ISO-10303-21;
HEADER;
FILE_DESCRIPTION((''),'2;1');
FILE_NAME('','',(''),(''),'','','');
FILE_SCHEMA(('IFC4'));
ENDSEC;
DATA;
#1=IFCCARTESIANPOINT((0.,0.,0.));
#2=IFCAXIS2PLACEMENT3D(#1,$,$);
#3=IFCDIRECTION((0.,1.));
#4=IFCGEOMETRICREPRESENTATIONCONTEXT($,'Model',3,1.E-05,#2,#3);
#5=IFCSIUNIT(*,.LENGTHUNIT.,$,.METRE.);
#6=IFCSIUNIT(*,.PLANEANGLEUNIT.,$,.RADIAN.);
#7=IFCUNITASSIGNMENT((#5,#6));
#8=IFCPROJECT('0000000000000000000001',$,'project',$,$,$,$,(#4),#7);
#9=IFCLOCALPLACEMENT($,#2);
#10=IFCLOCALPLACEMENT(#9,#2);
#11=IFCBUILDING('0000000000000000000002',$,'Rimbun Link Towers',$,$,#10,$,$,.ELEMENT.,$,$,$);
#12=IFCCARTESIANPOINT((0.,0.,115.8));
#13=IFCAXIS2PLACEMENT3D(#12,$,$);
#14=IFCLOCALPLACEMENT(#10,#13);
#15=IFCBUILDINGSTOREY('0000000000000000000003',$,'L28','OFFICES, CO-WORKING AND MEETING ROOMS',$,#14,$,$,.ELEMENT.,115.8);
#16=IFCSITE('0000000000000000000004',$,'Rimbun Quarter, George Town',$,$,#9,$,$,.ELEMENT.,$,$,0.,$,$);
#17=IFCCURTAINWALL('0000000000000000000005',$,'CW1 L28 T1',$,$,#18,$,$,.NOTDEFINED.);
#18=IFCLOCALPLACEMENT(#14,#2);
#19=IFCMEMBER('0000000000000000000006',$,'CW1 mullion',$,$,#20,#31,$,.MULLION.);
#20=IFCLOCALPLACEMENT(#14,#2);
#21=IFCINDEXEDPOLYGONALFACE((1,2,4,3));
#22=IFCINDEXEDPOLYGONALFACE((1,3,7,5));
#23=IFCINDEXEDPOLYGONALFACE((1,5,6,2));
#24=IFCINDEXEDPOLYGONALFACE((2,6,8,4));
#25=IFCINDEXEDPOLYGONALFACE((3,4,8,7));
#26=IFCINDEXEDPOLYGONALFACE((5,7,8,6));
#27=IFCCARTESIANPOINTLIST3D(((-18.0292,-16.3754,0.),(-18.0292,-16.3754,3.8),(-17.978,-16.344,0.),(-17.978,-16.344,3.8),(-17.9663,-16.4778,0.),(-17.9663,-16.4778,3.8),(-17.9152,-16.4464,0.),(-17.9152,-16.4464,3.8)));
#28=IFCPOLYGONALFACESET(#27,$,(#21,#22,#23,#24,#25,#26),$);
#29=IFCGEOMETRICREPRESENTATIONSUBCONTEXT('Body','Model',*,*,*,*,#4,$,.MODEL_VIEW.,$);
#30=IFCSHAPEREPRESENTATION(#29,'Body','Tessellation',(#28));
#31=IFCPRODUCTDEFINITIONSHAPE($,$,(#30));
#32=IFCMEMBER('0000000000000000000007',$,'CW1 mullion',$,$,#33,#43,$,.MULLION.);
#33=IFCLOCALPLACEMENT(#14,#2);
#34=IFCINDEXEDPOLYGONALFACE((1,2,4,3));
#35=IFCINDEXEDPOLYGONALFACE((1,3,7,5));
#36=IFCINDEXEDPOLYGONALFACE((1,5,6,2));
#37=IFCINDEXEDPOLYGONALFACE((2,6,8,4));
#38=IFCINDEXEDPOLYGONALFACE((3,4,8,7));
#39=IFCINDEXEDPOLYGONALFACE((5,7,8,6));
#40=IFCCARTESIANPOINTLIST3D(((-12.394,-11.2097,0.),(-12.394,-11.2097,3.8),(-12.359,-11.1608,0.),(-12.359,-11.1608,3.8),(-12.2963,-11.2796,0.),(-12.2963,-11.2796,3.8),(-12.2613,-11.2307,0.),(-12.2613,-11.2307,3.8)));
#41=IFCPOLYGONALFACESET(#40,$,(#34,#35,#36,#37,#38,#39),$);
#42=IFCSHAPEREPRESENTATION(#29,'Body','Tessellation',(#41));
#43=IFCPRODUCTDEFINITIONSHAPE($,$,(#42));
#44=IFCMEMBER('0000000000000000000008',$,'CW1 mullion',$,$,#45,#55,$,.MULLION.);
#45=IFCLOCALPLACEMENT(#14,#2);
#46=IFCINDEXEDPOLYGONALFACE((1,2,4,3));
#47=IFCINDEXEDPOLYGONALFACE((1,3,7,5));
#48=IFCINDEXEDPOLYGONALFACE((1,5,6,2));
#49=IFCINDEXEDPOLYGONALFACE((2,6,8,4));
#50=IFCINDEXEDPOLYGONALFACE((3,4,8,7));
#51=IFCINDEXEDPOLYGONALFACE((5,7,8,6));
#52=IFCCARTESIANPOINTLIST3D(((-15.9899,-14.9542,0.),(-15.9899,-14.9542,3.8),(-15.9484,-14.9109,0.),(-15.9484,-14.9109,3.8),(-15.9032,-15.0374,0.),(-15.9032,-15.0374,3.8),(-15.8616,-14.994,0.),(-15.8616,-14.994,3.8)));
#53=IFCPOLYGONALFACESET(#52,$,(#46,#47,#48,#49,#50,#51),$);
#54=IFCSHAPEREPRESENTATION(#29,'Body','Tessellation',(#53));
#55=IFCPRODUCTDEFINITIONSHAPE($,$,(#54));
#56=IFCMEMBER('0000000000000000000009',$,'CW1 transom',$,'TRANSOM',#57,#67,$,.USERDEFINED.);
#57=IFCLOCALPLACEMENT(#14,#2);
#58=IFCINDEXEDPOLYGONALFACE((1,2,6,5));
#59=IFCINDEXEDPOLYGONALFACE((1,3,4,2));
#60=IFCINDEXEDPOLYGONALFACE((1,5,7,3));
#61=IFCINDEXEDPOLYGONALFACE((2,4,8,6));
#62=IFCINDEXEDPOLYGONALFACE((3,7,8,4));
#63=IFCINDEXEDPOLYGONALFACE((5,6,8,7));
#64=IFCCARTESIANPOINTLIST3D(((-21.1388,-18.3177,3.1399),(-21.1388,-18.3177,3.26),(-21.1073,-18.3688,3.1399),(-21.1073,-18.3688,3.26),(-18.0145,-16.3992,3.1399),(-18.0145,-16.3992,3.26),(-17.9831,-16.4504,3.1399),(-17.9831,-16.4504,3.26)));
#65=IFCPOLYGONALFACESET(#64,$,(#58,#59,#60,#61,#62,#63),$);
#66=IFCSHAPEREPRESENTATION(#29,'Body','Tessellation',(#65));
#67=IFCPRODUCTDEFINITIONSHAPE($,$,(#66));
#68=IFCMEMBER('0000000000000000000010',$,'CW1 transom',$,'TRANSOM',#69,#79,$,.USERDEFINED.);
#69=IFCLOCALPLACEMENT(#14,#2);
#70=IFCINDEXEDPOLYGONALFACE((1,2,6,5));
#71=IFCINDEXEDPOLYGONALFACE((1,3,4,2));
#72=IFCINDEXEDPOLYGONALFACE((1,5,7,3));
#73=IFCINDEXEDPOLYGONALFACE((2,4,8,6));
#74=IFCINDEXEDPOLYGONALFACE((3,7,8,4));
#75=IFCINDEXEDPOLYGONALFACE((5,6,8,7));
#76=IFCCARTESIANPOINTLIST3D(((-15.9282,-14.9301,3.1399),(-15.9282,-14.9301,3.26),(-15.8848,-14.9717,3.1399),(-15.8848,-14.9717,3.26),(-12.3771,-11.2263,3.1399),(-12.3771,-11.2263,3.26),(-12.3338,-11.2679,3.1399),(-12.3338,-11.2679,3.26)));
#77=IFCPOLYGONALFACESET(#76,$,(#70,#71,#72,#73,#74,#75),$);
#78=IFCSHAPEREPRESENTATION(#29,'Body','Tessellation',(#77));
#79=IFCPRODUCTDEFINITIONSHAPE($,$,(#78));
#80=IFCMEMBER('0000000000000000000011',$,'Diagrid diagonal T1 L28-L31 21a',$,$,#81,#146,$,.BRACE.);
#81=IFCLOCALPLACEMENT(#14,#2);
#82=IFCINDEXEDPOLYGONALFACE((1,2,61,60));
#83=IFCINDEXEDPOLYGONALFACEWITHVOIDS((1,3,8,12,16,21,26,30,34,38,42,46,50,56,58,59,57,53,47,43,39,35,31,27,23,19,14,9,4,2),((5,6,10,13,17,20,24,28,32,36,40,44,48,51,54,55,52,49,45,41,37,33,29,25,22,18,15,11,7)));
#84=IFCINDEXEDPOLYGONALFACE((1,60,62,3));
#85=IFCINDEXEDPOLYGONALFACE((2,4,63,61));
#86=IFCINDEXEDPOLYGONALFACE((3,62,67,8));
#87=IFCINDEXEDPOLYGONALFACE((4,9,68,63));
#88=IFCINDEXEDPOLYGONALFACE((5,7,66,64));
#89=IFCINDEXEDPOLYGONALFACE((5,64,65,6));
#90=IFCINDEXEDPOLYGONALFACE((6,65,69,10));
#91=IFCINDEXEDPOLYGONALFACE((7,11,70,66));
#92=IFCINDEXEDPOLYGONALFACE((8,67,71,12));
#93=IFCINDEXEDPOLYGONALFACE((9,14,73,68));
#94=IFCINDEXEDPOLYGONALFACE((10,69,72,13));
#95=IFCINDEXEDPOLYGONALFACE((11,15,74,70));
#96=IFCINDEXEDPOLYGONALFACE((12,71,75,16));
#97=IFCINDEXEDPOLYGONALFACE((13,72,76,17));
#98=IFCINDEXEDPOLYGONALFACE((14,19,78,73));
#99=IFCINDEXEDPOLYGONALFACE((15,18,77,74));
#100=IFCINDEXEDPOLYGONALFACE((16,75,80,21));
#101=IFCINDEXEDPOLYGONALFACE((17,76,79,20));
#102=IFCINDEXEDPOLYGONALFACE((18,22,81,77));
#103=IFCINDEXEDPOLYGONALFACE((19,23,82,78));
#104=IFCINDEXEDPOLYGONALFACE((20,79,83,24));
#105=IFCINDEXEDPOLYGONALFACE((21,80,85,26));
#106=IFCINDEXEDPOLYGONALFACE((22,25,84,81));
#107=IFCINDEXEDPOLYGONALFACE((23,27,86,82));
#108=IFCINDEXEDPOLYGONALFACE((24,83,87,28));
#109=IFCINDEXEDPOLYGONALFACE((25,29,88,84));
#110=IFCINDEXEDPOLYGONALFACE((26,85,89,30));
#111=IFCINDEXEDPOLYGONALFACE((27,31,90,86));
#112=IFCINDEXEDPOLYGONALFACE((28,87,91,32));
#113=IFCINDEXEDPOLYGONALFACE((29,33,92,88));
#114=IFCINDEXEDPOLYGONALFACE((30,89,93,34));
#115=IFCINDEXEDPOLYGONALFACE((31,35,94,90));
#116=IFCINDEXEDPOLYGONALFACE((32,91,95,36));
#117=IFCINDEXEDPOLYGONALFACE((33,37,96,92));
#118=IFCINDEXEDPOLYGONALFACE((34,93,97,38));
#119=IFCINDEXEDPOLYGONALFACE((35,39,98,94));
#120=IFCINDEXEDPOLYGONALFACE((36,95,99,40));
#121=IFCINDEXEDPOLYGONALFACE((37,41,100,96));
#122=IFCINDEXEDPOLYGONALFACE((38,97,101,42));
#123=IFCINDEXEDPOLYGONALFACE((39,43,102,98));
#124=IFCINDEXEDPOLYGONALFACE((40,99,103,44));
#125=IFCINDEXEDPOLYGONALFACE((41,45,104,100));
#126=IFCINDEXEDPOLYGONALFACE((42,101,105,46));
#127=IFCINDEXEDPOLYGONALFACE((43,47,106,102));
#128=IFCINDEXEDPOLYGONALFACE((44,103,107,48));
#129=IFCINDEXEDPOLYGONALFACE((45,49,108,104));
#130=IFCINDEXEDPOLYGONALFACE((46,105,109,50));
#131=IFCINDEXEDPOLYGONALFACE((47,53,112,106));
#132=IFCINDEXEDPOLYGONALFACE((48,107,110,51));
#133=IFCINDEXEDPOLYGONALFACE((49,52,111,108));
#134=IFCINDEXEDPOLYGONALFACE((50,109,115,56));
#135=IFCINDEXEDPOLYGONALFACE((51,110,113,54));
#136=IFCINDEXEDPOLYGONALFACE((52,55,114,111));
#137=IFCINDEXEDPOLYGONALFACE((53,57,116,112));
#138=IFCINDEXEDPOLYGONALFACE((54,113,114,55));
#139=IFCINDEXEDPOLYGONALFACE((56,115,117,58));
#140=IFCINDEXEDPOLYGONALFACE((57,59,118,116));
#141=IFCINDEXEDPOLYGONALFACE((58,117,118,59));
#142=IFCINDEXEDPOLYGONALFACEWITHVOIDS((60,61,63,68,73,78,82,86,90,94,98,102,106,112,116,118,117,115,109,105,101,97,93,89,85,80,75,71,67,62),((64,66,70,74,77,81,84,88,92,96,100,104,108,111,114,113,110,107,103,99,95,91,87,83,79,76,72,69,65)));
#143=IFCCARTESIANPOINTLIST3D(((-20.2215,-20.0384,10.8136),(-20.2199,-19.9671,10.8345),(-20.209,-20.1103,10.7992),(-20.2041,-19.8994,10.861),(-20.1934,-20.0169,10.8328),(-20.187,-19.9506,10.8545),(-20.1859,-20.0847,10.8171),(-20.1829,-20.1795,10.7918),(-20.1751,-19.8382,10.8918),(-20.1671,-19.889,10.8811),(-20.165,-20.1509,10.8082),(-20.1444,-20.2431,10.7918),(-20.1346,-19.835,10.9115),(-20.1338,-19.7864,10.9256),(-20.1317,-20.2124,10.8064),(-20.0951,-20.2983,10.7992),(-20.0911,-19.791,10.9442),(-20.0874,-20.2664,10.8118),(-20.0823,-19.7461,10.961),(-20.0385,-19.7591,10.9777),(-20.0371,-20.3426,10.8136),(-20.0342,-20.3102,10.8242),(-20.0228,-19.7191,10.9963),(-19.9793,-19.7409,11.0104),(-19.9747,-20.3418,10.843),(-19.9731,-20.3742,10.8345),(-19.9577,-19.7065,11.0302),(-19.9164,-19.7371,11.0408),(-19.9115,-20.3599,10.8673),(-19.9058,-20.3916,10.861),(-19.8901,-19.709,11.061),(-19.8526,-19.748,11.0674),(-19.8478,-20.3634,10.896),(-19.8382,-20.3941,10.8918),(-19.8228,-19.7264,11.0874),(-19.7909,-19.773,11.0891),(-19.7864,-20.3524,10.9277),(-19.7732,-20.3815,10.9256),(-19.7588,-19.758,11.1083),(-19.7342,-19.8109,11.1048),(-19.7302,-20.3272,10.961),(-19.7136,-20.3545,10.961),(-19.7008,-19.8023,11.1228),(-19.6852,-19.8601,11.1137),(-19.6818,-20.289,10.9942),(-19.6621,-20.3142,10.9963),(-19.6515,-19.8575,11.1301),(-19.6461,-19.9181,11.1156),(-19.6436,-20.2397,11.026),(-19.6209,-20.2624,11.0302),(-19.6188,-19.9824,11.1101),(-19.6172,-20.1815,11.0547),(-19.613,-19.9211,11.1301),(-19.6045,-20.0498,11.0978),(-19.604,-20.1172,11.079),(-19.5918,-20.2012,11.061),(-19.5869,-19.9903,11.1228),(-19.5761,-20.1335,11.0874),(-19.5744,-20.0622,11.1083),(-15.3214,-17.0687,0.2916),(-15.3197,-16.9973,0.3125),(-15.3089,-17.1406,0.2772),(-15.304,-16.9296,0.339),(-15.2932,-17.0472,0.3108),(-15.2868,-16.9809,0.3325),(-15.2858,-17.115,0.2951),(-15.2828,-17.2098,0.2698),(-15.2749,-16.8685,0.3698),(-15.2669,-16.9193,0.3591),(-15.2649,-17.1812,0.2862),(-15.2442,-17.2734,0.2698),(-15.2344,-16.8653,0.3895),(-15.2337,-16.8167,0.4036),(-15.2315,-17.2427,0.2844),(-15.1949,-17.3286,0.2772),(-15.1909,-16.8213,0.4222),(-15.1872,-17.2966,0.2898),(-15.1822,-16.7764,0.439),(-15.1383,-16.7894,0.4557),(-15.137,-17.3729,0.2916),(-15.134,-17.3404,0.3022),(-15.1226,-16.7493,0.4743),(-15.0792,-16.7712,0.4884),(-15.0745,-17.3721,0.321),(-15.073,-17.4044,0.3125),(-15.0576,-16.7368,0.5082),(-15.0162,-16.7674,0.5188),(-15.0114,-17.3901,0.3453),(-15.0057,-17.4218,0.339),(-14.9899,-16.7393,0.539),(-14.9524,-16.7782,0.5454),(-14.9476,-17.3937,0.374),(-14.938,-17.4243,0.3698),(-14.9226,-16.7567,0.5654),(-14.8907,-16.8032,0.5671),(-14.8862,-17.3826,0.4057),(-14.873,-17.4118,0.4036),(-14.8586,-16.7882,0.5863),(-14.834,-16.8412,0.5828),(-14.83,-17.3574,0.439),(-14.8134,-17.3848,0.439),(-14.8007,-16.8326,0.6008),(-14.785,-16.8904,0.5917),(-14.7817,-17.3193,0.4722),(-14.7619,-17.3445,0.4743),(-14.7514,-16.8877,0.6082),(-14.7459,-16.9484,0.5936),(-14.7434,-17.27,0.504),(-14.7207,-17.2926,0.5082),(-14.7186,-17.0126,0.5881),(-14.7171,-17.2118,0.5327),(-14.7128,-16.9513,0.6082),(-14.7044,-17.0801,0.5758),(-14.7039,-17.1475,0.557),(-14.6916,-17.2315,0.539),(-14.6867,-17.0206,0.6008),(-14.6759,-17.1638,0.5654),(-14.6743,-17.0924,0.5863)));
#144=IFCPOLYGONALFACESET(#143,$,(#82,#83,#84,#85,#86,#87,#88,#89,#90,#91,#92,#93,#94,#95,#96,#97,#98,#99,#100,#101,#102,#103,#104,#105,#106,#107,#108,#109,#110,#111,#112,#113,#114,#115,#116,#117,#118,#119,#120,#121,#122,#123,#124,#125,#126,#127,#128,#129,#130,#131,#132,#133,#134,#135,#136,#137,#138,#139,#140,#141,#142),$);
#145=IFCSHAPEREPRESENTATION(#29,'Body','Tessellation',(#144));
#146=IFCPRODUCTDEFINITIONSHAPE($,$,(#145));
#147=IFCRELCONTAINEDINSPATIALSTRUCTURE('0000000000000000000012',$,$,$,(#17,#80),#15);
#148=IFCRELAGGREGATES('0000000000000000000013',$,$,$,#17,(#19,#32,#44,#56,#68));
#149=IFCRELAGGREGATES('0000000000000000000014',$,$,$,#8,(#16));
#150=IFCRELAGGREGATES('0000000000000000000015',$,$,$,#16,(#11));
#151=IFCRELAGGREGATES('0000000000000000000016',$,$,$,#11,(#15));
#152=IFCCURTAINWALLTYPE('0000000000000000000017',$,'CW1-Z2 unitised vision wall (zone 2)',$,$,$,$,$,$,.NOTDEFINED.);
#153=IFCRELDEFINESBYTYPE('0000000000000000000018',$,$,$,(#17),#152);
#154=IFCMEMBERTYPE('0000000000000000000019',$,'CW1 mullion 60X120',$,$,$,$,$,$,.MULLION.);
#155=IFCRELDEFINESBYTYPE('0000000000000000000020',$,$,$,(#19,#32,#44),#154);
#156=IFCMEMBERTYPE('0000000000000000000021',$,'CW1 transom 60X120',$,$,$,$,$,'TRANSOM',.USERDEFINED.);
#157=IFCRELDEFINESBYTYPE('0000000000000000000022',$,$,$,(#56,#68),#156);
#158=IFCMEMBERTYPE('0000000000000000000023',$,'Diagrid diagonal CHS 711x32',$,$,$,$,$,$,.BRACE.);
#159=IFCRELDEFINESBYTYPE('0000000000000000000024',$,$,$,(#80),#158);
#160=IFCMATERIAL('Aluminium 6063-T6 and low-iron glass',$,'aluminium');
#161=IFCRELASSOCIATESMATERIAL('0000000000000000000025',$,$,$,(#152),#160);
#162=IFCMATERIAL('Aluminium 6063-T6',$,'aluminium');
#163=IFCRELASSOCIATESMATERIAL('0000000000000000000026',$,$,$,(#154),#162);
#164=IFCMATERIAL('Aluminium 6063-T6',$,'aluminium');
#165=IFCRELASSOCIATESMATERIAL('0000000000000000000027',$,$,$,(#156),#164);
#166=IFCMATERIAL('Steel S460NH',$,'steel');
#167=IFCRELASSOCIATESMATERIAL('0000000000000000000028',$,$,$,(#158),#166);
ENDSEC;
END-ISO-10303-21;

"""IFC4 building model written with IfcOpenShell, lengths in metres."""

from ifc_helpers import new_model, si_unit, direction, frame, origin, origin_2d, place, context, subcontext, project, spatial, rectangle, hollow_circle, extrude, material, material_profile, profile_set, type_object, element, aggregate, save


model = new_model("IFC4")

# Units and contexts
model_context = context("Model", 3, precision=1e-05, world=origin(), true_north=direction((0.0, 1.0)))
body_context = subcontext(model_context, "Body", "Model", "MODEL_VIEW")
ifc_project = project(units=[si_unit("LENGTHUNIT", "METRE"), si_unit("PLANEANGLEUNIT", "RADIAN")], contexts=[model_context])

# Site, building, storey
site_placement = place(None, origin())
site = spatial("IfcSite", under=ifc_project, at=site_placement, Name="Rimbun Quarter, George Town", CompositionType="ELEMENT", RefElevation=0.0)
building_placement = place(site_placement, origin())
building = spatial("IfcBuilding", under=site, at=building_placement, Name="Rimbun Link Towers", CompositionType="ELEMENT")
storey_placement = place(building_placement, frame((0.0, 0.0, 115.8)))
storey = spatial("IfcBuildingStorey", under=building, at=storey_placement, Name="L28", Description="OFFICES, CO-WORKING AND MEETING ROOMS", CompositionType="ELEMENT", Elevation=115.8)

# Curtain wall, members
ifc_material_1 = material(Name="Aluminium 6063-T6 and low-iron glass", Category="aluminium")
curtain_wall_type = type_object("IfcCurtainWallType", Name="CW1-Z2 unitised vision wall (zone 2)", PredefinedType="NOTDEFINED", material=ifc_material_1)
curtain_wall_placement = place(storey_placement, origin())
curtain_wall = element("IfcCurtainWall", 1, at=curtain_wall_placement, inside=storey, type_object=curtain_wall_type, Name="CW1 L28 T1", PredefinedType="NOTDEFINED")
ifc_material_2 = material(Name="Aluminium 6063-T6", Category="aluminium")
ifc_material_profile_1 = material_profile(ifc_material_2, rectangle(XDim=0.1201, YDim=0.0601, at=origin_2d()), Name="MULLION 60X120")
ifc_profile_set_1 = profile_set([ifc_material_profile_1], Name="Aluminium 6063-T6")
member_type_1 = type_object("IfcMemberType", Name="CW1 mullion 60X120", PredefinedType="MULLION", material=ifc_profile_set_1)
member_1_placement = place(storey_placement, frame((-17.9722, -16.4109, 0.0), z_axis=(0.0, 0.0, 1.0), x_axis=(0.523243, -0.852183, 0.0)))
member_1 = element("IfcMember", 2, at=member_1_placement, type_object=member_type_1, Name="CW1 mullion", PredefinedType="MULLION", context=body_context, shape_type="SweptSolid", body=[
    extrude(rectangle(XDim=0.1201, YDim=0.0601, at=origin_2d()), origin(), (0.0, 0.0, 1.0), 3.8),
])
member_2_placement = place(storey_placement, frame((-12.3276, -11.2202, 0.0), z_axis=(0.0, 0.0, 1.0), x_axis=(0.813348, -0.581777, 0.0)))
member_2 = element("IfcMember", 3, at=member_2_placement, type_object=member_type_1, Name="CW1 mullion", PredefinedType="MULLION", context=body_context, shape_type="SweptSolid", body=[
    extrude(rectangle(XDim=0.1201, YDim=0.0601, at=origin_2d()), origin(), (0.0, 0.0, 1.0), 3.8),
])
member_3_placement = place(storey_placement, frame((-15.9258, -14.9741, 0.0), z_axis=(0.0, 0.0, 1.0), x_axis=(0.721835, -0.692065, 0.0)))
member_3 = element("IfcMember", 4, at=member_3_placement, type_object=member_type_1, Name="CW1 mullion", PredefinedType="MULLION", context=body_context, shape_type="SweptSolid", body=[
    extrude(rectangle(XDim=0.1201, YDim=0.0601, at=origin_2d()), origin(), (0.0, 0.0, 1.0), 3.8),
])
ifc_material_3 = material(Name="Aluminium 6063-T6", Category="aluminium")
ifc_material_profile_2 = material_profile(ifc_material_3, rectangle(XDim=0.0601, YDim=0.1201, at=origin_2d()), Name="TRANSOM 60X120")
ifc_profile_set_2 = profile_set([ifc_material_profile_2], Name="Aluminium 6063-T6")
member_type_2 = type_object("IfcMemberType", Name="CW1 transom 60X120", ElementType="TRANSOM", PredefinedType="USERDEFINED", material=ifc_profile_set_2)
member_4_placement = place(storey_placement, frame((-17.9988, -16.4248, 3.2), z_axis=(-0.852165, -0.523272, 0.0), x_axis=(0.523272, -0.852165, 0.0)))
member_4 = element("IfcMember", 5, at=member_4_placement, type_object=member_type_2, Name="CW1 transom", ObjectType="TRANSOM", PredefinedType="USERDEFINED", context=body_context, shape_type="SweptSolid", body=[
    extrude(rectangle(XDim=0.0601, YDim=0.1201, at=origin_2d()), origin(), (0.0, 0.0, 1.0), 3.6663),
])
member_5_placement = place(storey_placement, frame((-12.3555, -11.2471, 3.2), z_axis=(-0.692057, -0.721843, 0.0), x_axis=(0.721843, -0.692057, 0.0)))
member_5 = element("IfcMember", 6, at=member_5_placement, type_object=member_type_2, Name="CW1 transom", ObjectType="TRANSOM", PredefinedType="USERDEFINED", context=body_context, shape_type="SweptSolid", body=[
    extrude(rectangle(XDim=0.0601, YDim=0.1201, at=origin_2d()), origin(), (0.0, 0.0, 1.0), 5.1311),
])

# Member
ifc_material_4 = material(Name="Steel S460NH", Category="steel")
ifc_material_profile_3 = material_profile(ifc_material_4, hollow_circle(Radius=0.3557, WallThickness=0.032, at=origin_2d()), Name="Diagrid diagonal CHS 711x32")
ifc_profile_set_3 = profile_set([ifc_material_profile_3], Name="Steel S460NH")
member_type_3 = type_object("IfcMemberType", Name="Diagrid diagonal CHS 711x32", PredefinedType="BRACE", material=ifc_profile_set_3)
member_6_placement = place(storey_placement, frame((-14.9978, -17.0806, 0.439), z_axis=(-0.408996, -0.247871, 0.878227), x_axis=(0.518294, -0.855202, 0.0)))
element("IfcMember", 7, at=member_6_placement, inside=storey, type_object=member_type_3, Name="Diagrid diagonal T1 L28-L31 21a", PredefinedType="BRACE", context=body_context, shape_type="SweptSolid", body=[
    extrude(hollow_circle(Radius=0.3557, WallThickness=0.032, at=origin_2d()), origin(), (0.0, 0.0, 1.0), 11.981),
])

aggregate(curtain_wall, [member_1, member_2, member_3, member_4, member_5])

save(model, "model.ifc")
